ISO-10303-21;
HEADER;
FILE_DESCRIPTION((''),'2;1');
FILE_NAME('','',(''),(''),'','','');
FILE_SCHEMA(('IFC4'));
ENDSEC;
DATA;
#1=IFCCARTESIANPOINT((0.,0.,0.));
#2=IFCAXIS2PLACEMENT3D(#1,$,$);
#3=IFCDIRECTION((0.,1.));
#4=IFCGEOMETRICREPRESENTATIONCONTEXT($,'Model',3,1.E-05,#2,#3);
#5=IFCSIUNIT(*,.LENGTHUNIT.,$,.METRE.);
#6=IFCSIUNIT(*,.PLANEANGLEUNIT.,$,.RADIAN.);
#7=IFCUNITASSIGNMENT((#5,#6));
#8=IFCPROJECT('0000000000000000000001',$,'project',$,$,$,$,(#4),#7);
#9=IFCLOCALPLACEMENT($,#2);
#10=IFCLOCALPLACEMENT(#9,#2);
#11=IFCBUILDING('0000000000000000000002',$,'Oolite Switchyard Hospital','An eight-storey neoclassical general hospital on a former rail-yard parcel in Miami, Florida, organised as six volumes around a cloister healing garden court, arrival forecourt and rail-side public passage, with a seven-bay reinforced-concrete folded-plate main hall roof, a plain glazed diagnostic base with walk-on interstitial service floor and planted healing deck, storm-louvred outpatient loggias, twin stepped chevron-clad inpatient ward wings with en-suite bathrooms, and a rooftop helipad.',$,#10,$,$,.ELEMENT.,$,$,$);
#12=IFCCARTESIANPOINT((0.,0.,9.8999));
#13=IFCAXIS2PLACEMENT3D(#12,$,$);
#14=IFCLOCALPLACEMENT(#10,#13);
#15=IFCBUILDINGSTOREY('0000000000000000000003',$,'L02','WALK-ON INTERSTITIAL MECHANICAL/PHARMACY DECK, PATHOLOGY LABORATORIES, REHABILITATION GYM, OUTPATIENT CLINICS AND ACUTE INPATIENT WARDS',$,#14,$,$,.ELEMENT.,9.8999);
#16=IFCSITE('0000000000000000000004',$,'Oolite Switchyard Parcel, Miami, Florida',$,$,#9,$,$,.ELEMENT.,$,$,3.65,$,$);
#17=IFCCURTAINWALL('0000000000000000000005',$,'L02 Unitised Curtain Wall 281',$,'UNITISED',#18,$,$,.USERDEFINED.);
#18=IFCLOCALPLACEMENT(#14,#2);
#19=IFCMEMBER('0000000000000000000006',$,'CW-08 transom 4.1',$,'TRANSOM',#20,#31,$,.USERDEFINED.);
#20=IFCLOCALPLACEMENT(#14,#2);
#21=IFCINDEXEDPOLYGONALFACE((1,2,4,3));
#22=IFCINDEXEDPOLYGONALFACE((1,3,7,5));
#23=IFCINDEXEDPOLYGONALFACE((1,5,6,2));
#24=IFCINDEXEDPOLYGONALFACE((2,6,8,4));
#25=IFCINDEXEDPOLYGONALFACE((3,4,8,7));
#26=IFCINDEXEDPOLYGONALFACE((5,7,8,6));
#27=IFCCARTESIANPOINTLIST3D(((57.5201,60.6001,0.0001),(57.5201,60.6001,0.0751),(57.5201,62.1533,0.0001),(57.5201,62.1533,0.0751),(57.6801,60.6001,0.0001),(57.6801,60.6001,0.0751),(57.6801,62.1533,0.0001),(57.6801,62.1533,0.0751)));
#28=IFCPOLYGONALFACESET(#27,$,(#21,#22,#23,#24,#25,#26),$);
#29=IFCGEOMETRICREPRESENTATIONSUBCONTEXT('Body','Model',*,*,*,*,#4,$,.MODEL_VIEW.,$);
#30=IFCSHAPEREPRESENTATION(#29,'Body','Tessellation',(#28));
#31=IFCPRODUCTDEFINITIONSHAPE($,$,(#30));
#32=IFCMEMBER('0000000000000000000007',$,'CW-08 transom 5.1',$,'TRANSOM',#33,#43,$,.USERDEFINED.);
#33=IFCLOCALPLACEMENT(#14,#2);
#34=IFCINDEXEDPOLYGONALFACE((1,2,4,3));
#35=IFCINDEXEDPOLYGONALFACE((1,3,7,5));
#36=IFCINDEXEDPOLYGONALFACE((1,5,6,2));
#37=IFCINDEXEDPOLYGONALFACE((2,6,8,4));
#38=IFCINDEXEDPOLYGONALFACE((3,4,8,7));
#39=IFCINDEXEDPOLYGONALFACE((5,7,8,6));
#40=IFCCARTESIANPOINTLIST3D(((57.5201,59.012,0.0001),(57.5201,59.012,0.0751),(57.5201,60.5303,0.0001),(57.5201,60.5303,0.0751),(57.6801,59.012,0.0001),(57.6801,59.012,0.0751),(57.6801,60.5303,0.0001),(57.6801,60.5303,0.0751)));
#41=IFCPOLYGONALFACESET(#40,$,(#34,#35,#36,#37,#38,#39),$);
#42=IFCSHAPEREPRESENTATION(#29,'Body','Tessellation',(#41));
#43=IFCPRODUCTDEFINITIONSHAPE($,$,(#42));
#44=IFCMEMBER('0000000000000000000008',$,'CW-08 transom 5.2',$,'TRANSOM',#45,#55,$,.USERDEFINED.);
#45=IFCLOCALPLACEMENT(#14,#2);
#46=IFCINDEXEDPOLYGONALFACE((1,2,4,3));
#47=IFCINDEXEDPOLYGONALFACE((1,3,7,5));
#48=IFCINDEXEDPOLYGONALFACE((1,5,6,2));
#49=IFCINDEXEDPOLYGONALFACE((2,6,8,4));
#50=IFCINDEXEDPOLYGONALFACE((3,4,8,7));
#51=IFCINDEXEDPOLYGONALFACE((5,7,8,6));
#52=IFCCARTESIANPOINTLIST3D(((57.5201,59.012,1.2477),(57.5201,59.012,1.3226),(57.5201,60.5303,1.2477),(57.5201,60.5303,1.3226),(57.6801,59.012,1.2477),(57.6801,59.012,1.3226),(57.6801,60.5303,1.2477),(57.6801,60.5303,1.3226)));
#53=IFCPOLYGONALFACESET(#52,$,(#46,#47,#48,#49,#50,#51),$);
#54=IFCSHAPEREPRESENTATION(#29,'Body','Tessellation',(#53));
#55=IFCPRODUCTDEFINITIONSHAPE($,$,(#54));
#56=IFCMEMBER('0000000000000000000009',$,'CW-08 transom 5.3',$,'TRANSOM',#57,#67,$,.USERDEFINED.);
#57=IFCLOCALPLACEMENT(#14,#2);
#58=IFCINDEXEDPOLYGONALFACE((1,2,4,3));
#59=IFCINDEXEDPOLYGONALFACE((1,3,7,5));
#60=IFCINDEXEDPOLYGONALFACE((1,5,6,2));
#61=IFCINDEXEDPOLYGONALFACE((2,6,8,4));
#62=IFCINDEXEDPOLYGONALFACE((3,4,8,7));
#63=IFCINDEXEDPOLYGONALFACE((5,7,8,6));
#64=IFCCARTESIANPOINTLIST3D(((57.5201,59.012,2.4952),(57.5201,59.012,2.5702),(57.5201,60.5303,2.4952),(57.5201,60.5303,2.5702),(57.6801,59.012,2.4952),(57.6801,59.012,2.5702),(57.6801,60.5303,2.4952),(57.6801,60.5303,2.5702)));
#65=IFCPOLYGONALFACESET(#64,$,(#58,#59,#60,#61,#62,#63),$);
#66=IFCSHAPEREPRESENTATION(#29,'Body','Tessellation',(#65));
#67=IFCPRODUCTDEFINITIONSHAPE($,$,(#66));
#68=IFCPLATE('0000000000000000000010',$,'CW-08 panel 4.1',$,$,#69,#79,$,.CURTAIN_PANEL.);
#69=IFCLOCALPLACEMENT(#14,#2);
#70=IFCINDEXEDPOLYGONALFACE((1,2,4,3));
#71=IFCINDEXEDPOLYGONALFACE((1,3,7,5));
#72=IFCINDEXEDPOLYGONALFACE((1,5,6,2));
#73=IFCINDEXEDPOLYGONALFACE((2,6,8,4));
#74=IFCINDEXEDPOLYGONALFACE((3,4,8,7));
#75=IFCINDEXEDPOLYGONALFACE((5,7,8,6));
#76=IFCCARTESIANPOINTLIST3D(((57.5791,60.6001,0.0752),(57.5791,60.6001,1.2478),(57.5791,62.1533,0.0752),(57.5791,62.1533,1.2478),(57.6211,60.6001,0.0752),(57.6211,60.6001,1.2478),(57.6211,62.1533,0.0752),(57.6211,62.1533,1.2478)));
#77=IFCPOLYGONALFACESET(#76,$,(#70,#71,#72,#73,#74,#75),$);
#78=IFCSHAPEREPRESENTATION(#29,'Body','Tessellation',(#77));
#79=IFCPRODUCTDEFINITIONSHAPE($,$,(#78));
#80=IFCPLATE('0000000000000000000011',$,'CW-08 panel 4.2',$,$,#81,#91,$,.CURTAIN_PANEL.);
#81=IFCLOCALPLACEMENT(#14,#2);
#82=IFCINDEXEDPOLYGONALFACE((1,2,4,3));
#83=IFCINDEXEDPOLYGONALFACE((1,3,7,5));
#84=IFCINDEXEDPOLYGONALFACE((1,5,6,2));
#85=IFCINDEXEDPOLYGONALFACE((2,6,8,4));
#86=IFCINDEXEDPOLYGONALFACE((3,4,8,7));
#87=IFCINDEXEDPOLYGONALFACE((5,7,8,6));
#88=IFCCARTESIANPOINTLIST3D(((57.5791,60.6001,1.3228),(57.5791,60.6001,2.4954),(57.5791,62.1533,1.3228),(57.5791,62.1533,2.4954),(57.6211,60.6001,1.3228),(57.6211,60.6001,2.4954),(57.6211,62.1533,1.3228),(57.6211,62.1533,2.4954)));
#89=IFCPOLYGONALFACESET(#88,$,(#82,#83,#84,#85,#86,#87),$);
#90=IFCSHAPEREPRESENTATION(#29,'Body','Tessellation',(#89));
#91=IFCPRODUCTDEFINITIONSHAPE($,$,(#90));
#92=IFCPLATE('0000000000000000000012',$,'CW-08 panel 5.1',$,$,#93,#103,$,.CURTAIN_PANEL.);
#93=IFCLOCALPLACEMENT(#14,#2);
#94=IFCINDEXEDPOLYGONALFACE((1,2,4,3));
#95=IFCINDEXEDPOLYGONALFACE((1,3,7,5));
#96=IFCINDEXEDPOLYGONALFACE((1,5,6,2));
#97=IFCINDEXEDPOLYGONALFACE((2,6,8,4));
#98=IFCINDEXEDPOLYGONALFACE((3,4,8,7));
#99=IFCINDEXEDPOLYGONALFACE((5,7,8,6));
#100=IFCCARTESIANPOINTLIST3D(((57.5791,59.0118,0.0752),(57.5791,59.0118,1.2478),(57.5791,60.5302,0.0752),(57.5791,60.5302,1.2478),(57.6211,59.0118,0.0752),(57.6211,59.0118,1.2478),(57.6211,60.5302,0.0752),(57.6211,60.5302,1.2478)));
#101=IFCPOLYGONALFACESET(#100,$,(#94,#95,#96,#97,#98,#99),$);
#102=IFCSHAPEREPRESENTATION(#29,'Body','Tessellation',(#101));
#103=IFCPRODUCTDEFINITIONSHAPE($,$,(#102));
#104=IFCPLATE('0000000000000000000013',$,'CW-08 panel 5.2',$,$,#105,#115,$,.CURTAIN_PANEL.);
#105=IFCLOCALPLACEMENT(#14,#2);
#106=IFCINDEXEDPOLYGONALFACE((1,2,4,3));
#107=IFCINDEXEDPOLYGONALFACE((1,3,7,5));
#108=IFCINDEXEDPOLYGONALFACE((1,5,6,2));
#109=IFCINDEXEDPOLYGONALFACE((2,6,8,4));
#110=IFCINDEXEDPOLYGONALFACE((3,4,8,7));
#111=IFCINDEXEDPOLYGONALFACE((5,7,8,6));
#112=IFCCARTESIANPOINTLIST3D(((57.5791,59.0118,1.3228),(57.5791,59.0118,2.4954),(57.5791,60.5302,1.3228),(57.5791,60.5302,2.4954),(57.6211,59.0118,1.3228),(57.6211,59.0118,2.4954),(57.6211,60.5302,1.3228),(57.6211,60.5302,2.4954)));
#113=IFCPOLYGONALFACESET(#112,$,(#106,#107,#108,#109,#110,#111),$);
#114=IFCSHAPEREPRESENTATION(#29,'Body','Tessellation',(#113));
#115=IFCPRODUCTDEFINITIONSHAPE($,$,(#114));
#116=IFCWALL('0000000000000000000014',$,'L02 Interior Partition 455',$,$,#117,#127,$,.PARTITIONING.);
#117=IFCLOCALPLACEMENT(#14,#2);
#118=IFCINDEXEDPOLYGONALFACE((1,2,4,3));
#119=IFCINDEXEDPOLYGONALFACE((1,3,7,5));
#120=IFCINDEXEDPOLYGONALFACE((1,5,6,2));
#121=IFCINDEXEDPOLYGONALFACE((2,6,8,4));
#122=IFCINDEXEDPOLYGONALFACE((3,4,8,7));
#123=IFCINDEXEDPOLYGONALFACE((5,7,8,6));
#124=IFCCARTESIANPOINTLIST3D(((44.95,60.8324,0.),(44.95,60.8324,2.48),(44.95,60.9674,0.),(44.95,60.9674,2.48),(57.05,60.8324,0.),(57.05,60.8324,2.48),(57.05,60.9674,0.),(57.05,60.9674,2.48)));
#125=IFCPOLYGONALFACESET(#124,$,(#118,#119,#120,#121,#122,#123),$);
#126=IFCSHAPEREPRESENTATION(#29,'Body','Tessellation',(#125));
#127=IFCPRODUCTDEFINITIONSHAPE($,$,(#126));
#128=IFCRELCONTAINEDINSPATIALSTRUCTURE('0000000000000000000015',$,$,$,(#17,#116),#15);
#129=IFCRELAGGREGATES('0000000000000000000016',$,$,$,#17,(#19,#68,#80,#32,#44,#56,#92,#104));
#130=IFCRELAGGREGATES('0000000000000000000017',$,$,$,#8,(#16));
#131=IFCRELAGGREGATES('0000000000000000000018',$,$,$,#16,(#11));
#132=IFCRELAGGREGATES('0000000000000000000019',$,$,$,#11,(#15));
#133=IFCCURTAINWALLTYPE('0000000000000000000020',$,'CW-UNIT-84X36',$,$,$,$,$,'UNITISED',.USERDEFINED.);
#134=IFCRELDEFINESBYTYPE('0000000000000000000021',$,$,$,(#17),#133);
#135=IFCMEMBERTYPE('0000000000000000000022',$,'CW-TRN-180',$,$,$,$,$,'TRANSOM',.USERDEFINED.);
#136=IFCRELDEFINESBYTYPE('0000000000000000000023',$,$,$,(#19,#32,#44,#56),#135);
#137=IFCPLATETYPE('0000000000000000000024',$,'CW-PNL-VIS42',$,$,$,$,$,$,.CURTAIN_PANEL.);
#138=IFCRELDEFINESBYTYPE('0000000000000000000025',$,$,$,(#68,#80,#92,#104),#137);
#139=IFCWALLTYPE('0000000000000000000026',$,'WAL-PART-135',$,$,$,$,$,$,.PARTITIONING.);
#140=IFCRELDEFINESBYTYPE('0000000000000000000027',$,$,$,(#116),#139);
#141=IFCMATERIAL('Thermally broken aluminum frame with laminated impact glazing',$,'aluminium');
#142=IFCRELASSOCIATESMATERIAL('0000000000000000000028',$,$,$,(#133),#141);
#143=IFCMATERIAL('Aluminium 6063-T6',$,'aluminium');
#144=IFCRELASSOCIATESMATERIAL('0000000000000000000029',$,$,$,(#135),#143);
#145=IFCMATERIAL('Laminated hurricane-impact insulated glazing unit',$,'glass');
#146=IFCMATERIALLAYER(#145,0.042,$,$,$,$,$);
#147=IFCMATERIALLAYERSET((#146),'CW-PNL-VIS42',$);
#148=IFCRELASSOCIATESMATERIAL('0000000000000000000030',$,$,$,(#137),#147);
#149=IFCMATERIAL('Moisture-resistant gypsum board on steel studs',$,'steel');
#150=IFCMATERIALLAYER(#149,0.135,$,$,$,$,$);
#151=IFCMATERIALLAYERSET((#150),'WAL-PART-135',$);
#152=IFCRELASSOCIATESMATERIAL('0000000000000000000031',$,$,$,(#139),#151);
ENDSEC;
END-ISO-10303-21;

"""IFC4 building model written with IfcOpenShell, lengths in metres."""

from ifc_helpers import new_model, si_unit, direction, frame, frame_2d, origin, origin_2d, place, context, subcontext, project, spatial, rectangle, extrude, material, layer, layer_set, material_profile, profile_set, type_object, element, aggregate, save


model = new_model("IFC4")

# Units and contexts
model_context = context("Model", 3, precision=1e-05, world=origin(), true_north=direction((0.0, 1.0)))
body_context = subcontext(model_context, "Body", "Model", "MODEL_VIEW")
ifc_project = project(units=[si_unit("LENGTHUNIT", "METRE"), si_unit("PLANEANGLEUNIT", "RADIAN")], contexts=[model_context])

# Site, building, storey
site_placement = place(None, origin())
site = spatial("IfcSite", under=ifc_project, at=site_placement, Name="Oolite Switchyard Parcel, Miami, Florida", CompositionType="ELEMENT", RefElevation=3.65)
building_placement = place(site_placement, origin())
building = spatial("IfcBuilding", under=site, at=building_placement, Name="Oolite Switchyard Hospital", Description="An eight-storey neoclassical general hospital on a former rail-yard parcel in Miami, Florida, organised as six volumes around a cloister healing garden court, arrival forecourt and rail-side public passage, with a seven-bay reinforced-concrete folded-plate main hall roof, a plain glazed diagnostic base with walk-on interstitial service floor and planted healing deck, storm-louvred outpatient loggias, twin stepped chevron-clad inpatient ward wings with en-suite bathrooms, and a rooftop helipad.", CompositionType="ELEMENT")
storey_placement = place(building_placement, frame((0.0, 0.0, 9.8999)))
storey = spatial("IfcBuildingStorey", under=building, at=storey_placement, Name="L02", Description="WALK-ON INTERSTITIAL MECHANICAL/PHARMACY DECK, PATHOLOGY LABORATORIES, REHABILITATION GYM, OUTPATIENT CLINICS AND ACUTE INPATIENT WARDS", CompositionType="ELEMENT", Elevation=9.8999)

# Curtain wall, members, plates
ifc_material_1 = material(Name="Thermally broken aluminum frame with laminated impact glazing", Category="aluminium")
curtain_wall_type = type_object("IfcCurtainWallType", Name="CW-UNIT-84X36", ElementType="UNITISED", PredefinedType="USERDEFINED", material=ifc_material_1)
curtain_wall_placement = place(storey_placement, origin())
curtain_wall = element("IfcCurtainWall", 1, at=curtain_wall_placement, inside=storey, type_object=curtain_wall_type, Name="L02 Unitised Curtain Wall 281", ObjectType="UNITISED", PredefinedType="USERDEFINED")
ifc_material_2 = material(Name="Aluminium 6063-T6", Category="aluminium")
ifc_material_profile_1 = material_profile(ifc_material_2, rectangle(XDim=0.1599, YDim=0.075, at=origin_2d()), Name="CWT75X160")
ifc_profile_set_1 = profile_set([ifc_material_profile_1], Name="Aluminium 6063-T6")
member_type_1 = type_object("IfcMemberType", Name="CW-TRN-180", ElementType="TRANSOM", PredefinedType="USERDEFINED", material=ifc_profile_set_1)
member_1_placement = place(storey_placement, frame((57.6001, 62.1533, 0.0376), z_axis=(0.0, -1.0, 0.0), x_axis=(1.0, 0.0, 0.0)))
member_1 = element("IfcMember", 2, at=member_1_placement, type_object=member_type_1, Name="CW-08 transom 4.1", ObjectType="TRANSOM", PredefinedType="USERDEFINED", context=body_context, shape_type="SweptSolid", body=[
    extrude(rectangle(XDim=0.1599, YDim=0.075, at=origin_2d()), origin(), (0.0, 0.0, 1.0), 1.5532),
])
member_2_placement = place(storey_placement, frame((57.6001, 60.5303, 0.0376), z_axis=(0.0, -1.0, 0.0), x_axis=(1.0, 0.0, 0.0)))
member_2 = element("IfcMember", 3, at=member_2_placement, type_object=member_type_1, Name="CW-08 transom 5.1", ObjectType="TRANSOM", PredefinedType="USERDEFINED", context=body_context, shape_type="SweptSolid", body=[
    extrude(rectangle(XDim=0.1599, YDim=0.075, at=origin_2d()), origin(), (0.0, 0.0, 1.0), 1.5183),
])
member_3_placement = place(storey_placement, frame((57.6001, 60.5303, 1.2852), z_axis=(0.0, -1.0, 0.0), x_axis=(1.0, 0.0, 0.0)))
member_3 = element("IfcMember", 4, at=member_3_placement, type_object=member_type_1, Name="CW-08 transom 5.2", ObjectType="TRANSOM", PredefinedType="USERDEFINED", context=body_context, shape_type="SweptSolid", body=[
    extrude(rectangle(XDim=0.1599, YDim=0.075, at=origin_2d()), origin(), (0.0, 0.0, 1.0), 1.5183),
])
member_4_placement = place(storey_placement, frame((57.6001, 60.5303, 2.5327), z_axis=(0.0, -1.0, 0.0), x_axis=(1.0, 0.0, 0.0)))
member_4 = element("IfcMember", 5, at=member_4_placement, type_object=member_type_1, Name="CW-08 transom 5.3", ObjectType="TRANSOM", PredefinedType="USERDEFINED", context=body_context, shape_type="SweptSolid", body=[
    extrude(rectangle(XDim=0.1599, YDim=0.075, at=origin_2d()), origin(), (0.0, 0.0, 1.0), 1.5183),
])
ifc_material_3 = material(Name="Laminated hurricane-impact insulated glazing unit", Category="glass")
ifc_layer_1 = layer(ifc_material_3, 0.042)
ifc_layer_set_1 = layer_set([ifc_layer_1], Name="CW-PNL-VIS42")
plate_type = type_object("IfcPlateType", Name="CW-PNL-VIS42", PredefinedType="CURTAIN_PANEL", material=ifc_layer_set_1)
plate_1_placement = place(storey_placement, frame((57.6001, 61.3767, 0.0752), z_axis=(0.0, 0.0, 1.0), x_axis=(0.0, -1.0, 0.0)))
plate_1 = element("IfcPlate", 6, at=plate_1_placement, type_object=plate_type, Name="CW-08 panel 4.1", PredefinedType="CURTAIN_PANEL", context=body_context, shape_type="SweptSolid", body=[
    extrude(rectangle(XDim=1.5532, YDim=0.042, at=origin_2d()), origin(), (0.0, 0.0, 1.0), 1.1726),
])
plate_2_placement = place(storey_placement, frame((57.6001, 61.3767, 1.3228), z_axis=(0.0, 0.0, 1.0), x_axis=(0.0, -1.0, 0.0)))
plate_2 = element("IfcPlate", 7, at=plate_2_placement, type_object=plate_type, Name="CW-08 panel 4.2", PredefinedType="CURTAIN_PANEL", context=body_context, shape_type="SweptSolid", body=[
    extrude(rectangle(XDim=1.5532, YDim=0.042, at=origin_2d()), origin(), (0.0, 0.0, 1.0), 1.1726),
])
plate_3_placement = place(storey_placement, frame((57.6001, 59.771, 0.0752), z_axis=(0.0, 0.0, 1.0), x_axis=(0.0, -1.0, 0.0)))
plate_3 = element("IfcPlate", 8, at=plate_3_placement, type_object=plate_type, Name="CW-08 panel 5.1", PredefinedType="CURTAIN_PANEL", context=body_context, shape_type="SweptSolid", body=[
    extrude(rectangle(XDim=1.5183, YDim=0.042, at=origin_2d()), origin(), (0.0, 0.0, 1.0), 1.1726),
])
plate_4_placement = place(storey_placement, frame((57.6001, 59.771, 1.3228), z_axis=(0.0, 0.0, 1.0), x_axis=(0.0, -1.0, 0.0)))
plate_4 = element("IfcPlate", 9, at=plate_4_placement, type_object=plate_type, Name="CW-08 panel 5.2", PredefinedType="CURTAIN_PANEL", context=body_context, shape_type="SweptSolid", body=[
    extrude(rectangle(XDim=1.5183, YDim=0.042, at=origin_2d()), origin(), (0.0, 0.0, 1.0), 1.1726),
])
aggregate(curtain_wall, [member_1, plate_1, plate_2, member_2, member_3, member_4, plate_3, plate_4])

# Wall
ifc_material_4 = material(Name="Moisture-resistant gypsum board on steel studs", Category="steel")
ifc_layer_2 = layer(ifc_material_4, 0.135)
ifc_layer_set_2 = layer_set([ifc_layer_2], Name="WAL-PART-135")
wall_type_1 = type_object("IfcWallType", Name="WAL-PART-135", PredefinedType="PARTITIONING", material=ifc_layer_set_2)
wall_1_placement = place(storey_placement, frame((44.95, 60.8999, 0.0), z_axis=(0.0, 0.0, 1.0), x_axis=(1.0, 0.0, 0.0)))
element("IfcWall", 10, at=wall_1_placement, inside=storey, type_object=wall_type_1, Name="L02 Interior Partition 455", PredefinedType="PARTITIONING", context=body_context, shape_type="SweptSolid", body=[
    extrude(rectangle(XDim=12.1001, YDim=0.135, at=frame_2d((6.05, 0.0))), origin(), (0.0, 0.0, 1.0), 2.48),
])

save(model, "model.ifc")
